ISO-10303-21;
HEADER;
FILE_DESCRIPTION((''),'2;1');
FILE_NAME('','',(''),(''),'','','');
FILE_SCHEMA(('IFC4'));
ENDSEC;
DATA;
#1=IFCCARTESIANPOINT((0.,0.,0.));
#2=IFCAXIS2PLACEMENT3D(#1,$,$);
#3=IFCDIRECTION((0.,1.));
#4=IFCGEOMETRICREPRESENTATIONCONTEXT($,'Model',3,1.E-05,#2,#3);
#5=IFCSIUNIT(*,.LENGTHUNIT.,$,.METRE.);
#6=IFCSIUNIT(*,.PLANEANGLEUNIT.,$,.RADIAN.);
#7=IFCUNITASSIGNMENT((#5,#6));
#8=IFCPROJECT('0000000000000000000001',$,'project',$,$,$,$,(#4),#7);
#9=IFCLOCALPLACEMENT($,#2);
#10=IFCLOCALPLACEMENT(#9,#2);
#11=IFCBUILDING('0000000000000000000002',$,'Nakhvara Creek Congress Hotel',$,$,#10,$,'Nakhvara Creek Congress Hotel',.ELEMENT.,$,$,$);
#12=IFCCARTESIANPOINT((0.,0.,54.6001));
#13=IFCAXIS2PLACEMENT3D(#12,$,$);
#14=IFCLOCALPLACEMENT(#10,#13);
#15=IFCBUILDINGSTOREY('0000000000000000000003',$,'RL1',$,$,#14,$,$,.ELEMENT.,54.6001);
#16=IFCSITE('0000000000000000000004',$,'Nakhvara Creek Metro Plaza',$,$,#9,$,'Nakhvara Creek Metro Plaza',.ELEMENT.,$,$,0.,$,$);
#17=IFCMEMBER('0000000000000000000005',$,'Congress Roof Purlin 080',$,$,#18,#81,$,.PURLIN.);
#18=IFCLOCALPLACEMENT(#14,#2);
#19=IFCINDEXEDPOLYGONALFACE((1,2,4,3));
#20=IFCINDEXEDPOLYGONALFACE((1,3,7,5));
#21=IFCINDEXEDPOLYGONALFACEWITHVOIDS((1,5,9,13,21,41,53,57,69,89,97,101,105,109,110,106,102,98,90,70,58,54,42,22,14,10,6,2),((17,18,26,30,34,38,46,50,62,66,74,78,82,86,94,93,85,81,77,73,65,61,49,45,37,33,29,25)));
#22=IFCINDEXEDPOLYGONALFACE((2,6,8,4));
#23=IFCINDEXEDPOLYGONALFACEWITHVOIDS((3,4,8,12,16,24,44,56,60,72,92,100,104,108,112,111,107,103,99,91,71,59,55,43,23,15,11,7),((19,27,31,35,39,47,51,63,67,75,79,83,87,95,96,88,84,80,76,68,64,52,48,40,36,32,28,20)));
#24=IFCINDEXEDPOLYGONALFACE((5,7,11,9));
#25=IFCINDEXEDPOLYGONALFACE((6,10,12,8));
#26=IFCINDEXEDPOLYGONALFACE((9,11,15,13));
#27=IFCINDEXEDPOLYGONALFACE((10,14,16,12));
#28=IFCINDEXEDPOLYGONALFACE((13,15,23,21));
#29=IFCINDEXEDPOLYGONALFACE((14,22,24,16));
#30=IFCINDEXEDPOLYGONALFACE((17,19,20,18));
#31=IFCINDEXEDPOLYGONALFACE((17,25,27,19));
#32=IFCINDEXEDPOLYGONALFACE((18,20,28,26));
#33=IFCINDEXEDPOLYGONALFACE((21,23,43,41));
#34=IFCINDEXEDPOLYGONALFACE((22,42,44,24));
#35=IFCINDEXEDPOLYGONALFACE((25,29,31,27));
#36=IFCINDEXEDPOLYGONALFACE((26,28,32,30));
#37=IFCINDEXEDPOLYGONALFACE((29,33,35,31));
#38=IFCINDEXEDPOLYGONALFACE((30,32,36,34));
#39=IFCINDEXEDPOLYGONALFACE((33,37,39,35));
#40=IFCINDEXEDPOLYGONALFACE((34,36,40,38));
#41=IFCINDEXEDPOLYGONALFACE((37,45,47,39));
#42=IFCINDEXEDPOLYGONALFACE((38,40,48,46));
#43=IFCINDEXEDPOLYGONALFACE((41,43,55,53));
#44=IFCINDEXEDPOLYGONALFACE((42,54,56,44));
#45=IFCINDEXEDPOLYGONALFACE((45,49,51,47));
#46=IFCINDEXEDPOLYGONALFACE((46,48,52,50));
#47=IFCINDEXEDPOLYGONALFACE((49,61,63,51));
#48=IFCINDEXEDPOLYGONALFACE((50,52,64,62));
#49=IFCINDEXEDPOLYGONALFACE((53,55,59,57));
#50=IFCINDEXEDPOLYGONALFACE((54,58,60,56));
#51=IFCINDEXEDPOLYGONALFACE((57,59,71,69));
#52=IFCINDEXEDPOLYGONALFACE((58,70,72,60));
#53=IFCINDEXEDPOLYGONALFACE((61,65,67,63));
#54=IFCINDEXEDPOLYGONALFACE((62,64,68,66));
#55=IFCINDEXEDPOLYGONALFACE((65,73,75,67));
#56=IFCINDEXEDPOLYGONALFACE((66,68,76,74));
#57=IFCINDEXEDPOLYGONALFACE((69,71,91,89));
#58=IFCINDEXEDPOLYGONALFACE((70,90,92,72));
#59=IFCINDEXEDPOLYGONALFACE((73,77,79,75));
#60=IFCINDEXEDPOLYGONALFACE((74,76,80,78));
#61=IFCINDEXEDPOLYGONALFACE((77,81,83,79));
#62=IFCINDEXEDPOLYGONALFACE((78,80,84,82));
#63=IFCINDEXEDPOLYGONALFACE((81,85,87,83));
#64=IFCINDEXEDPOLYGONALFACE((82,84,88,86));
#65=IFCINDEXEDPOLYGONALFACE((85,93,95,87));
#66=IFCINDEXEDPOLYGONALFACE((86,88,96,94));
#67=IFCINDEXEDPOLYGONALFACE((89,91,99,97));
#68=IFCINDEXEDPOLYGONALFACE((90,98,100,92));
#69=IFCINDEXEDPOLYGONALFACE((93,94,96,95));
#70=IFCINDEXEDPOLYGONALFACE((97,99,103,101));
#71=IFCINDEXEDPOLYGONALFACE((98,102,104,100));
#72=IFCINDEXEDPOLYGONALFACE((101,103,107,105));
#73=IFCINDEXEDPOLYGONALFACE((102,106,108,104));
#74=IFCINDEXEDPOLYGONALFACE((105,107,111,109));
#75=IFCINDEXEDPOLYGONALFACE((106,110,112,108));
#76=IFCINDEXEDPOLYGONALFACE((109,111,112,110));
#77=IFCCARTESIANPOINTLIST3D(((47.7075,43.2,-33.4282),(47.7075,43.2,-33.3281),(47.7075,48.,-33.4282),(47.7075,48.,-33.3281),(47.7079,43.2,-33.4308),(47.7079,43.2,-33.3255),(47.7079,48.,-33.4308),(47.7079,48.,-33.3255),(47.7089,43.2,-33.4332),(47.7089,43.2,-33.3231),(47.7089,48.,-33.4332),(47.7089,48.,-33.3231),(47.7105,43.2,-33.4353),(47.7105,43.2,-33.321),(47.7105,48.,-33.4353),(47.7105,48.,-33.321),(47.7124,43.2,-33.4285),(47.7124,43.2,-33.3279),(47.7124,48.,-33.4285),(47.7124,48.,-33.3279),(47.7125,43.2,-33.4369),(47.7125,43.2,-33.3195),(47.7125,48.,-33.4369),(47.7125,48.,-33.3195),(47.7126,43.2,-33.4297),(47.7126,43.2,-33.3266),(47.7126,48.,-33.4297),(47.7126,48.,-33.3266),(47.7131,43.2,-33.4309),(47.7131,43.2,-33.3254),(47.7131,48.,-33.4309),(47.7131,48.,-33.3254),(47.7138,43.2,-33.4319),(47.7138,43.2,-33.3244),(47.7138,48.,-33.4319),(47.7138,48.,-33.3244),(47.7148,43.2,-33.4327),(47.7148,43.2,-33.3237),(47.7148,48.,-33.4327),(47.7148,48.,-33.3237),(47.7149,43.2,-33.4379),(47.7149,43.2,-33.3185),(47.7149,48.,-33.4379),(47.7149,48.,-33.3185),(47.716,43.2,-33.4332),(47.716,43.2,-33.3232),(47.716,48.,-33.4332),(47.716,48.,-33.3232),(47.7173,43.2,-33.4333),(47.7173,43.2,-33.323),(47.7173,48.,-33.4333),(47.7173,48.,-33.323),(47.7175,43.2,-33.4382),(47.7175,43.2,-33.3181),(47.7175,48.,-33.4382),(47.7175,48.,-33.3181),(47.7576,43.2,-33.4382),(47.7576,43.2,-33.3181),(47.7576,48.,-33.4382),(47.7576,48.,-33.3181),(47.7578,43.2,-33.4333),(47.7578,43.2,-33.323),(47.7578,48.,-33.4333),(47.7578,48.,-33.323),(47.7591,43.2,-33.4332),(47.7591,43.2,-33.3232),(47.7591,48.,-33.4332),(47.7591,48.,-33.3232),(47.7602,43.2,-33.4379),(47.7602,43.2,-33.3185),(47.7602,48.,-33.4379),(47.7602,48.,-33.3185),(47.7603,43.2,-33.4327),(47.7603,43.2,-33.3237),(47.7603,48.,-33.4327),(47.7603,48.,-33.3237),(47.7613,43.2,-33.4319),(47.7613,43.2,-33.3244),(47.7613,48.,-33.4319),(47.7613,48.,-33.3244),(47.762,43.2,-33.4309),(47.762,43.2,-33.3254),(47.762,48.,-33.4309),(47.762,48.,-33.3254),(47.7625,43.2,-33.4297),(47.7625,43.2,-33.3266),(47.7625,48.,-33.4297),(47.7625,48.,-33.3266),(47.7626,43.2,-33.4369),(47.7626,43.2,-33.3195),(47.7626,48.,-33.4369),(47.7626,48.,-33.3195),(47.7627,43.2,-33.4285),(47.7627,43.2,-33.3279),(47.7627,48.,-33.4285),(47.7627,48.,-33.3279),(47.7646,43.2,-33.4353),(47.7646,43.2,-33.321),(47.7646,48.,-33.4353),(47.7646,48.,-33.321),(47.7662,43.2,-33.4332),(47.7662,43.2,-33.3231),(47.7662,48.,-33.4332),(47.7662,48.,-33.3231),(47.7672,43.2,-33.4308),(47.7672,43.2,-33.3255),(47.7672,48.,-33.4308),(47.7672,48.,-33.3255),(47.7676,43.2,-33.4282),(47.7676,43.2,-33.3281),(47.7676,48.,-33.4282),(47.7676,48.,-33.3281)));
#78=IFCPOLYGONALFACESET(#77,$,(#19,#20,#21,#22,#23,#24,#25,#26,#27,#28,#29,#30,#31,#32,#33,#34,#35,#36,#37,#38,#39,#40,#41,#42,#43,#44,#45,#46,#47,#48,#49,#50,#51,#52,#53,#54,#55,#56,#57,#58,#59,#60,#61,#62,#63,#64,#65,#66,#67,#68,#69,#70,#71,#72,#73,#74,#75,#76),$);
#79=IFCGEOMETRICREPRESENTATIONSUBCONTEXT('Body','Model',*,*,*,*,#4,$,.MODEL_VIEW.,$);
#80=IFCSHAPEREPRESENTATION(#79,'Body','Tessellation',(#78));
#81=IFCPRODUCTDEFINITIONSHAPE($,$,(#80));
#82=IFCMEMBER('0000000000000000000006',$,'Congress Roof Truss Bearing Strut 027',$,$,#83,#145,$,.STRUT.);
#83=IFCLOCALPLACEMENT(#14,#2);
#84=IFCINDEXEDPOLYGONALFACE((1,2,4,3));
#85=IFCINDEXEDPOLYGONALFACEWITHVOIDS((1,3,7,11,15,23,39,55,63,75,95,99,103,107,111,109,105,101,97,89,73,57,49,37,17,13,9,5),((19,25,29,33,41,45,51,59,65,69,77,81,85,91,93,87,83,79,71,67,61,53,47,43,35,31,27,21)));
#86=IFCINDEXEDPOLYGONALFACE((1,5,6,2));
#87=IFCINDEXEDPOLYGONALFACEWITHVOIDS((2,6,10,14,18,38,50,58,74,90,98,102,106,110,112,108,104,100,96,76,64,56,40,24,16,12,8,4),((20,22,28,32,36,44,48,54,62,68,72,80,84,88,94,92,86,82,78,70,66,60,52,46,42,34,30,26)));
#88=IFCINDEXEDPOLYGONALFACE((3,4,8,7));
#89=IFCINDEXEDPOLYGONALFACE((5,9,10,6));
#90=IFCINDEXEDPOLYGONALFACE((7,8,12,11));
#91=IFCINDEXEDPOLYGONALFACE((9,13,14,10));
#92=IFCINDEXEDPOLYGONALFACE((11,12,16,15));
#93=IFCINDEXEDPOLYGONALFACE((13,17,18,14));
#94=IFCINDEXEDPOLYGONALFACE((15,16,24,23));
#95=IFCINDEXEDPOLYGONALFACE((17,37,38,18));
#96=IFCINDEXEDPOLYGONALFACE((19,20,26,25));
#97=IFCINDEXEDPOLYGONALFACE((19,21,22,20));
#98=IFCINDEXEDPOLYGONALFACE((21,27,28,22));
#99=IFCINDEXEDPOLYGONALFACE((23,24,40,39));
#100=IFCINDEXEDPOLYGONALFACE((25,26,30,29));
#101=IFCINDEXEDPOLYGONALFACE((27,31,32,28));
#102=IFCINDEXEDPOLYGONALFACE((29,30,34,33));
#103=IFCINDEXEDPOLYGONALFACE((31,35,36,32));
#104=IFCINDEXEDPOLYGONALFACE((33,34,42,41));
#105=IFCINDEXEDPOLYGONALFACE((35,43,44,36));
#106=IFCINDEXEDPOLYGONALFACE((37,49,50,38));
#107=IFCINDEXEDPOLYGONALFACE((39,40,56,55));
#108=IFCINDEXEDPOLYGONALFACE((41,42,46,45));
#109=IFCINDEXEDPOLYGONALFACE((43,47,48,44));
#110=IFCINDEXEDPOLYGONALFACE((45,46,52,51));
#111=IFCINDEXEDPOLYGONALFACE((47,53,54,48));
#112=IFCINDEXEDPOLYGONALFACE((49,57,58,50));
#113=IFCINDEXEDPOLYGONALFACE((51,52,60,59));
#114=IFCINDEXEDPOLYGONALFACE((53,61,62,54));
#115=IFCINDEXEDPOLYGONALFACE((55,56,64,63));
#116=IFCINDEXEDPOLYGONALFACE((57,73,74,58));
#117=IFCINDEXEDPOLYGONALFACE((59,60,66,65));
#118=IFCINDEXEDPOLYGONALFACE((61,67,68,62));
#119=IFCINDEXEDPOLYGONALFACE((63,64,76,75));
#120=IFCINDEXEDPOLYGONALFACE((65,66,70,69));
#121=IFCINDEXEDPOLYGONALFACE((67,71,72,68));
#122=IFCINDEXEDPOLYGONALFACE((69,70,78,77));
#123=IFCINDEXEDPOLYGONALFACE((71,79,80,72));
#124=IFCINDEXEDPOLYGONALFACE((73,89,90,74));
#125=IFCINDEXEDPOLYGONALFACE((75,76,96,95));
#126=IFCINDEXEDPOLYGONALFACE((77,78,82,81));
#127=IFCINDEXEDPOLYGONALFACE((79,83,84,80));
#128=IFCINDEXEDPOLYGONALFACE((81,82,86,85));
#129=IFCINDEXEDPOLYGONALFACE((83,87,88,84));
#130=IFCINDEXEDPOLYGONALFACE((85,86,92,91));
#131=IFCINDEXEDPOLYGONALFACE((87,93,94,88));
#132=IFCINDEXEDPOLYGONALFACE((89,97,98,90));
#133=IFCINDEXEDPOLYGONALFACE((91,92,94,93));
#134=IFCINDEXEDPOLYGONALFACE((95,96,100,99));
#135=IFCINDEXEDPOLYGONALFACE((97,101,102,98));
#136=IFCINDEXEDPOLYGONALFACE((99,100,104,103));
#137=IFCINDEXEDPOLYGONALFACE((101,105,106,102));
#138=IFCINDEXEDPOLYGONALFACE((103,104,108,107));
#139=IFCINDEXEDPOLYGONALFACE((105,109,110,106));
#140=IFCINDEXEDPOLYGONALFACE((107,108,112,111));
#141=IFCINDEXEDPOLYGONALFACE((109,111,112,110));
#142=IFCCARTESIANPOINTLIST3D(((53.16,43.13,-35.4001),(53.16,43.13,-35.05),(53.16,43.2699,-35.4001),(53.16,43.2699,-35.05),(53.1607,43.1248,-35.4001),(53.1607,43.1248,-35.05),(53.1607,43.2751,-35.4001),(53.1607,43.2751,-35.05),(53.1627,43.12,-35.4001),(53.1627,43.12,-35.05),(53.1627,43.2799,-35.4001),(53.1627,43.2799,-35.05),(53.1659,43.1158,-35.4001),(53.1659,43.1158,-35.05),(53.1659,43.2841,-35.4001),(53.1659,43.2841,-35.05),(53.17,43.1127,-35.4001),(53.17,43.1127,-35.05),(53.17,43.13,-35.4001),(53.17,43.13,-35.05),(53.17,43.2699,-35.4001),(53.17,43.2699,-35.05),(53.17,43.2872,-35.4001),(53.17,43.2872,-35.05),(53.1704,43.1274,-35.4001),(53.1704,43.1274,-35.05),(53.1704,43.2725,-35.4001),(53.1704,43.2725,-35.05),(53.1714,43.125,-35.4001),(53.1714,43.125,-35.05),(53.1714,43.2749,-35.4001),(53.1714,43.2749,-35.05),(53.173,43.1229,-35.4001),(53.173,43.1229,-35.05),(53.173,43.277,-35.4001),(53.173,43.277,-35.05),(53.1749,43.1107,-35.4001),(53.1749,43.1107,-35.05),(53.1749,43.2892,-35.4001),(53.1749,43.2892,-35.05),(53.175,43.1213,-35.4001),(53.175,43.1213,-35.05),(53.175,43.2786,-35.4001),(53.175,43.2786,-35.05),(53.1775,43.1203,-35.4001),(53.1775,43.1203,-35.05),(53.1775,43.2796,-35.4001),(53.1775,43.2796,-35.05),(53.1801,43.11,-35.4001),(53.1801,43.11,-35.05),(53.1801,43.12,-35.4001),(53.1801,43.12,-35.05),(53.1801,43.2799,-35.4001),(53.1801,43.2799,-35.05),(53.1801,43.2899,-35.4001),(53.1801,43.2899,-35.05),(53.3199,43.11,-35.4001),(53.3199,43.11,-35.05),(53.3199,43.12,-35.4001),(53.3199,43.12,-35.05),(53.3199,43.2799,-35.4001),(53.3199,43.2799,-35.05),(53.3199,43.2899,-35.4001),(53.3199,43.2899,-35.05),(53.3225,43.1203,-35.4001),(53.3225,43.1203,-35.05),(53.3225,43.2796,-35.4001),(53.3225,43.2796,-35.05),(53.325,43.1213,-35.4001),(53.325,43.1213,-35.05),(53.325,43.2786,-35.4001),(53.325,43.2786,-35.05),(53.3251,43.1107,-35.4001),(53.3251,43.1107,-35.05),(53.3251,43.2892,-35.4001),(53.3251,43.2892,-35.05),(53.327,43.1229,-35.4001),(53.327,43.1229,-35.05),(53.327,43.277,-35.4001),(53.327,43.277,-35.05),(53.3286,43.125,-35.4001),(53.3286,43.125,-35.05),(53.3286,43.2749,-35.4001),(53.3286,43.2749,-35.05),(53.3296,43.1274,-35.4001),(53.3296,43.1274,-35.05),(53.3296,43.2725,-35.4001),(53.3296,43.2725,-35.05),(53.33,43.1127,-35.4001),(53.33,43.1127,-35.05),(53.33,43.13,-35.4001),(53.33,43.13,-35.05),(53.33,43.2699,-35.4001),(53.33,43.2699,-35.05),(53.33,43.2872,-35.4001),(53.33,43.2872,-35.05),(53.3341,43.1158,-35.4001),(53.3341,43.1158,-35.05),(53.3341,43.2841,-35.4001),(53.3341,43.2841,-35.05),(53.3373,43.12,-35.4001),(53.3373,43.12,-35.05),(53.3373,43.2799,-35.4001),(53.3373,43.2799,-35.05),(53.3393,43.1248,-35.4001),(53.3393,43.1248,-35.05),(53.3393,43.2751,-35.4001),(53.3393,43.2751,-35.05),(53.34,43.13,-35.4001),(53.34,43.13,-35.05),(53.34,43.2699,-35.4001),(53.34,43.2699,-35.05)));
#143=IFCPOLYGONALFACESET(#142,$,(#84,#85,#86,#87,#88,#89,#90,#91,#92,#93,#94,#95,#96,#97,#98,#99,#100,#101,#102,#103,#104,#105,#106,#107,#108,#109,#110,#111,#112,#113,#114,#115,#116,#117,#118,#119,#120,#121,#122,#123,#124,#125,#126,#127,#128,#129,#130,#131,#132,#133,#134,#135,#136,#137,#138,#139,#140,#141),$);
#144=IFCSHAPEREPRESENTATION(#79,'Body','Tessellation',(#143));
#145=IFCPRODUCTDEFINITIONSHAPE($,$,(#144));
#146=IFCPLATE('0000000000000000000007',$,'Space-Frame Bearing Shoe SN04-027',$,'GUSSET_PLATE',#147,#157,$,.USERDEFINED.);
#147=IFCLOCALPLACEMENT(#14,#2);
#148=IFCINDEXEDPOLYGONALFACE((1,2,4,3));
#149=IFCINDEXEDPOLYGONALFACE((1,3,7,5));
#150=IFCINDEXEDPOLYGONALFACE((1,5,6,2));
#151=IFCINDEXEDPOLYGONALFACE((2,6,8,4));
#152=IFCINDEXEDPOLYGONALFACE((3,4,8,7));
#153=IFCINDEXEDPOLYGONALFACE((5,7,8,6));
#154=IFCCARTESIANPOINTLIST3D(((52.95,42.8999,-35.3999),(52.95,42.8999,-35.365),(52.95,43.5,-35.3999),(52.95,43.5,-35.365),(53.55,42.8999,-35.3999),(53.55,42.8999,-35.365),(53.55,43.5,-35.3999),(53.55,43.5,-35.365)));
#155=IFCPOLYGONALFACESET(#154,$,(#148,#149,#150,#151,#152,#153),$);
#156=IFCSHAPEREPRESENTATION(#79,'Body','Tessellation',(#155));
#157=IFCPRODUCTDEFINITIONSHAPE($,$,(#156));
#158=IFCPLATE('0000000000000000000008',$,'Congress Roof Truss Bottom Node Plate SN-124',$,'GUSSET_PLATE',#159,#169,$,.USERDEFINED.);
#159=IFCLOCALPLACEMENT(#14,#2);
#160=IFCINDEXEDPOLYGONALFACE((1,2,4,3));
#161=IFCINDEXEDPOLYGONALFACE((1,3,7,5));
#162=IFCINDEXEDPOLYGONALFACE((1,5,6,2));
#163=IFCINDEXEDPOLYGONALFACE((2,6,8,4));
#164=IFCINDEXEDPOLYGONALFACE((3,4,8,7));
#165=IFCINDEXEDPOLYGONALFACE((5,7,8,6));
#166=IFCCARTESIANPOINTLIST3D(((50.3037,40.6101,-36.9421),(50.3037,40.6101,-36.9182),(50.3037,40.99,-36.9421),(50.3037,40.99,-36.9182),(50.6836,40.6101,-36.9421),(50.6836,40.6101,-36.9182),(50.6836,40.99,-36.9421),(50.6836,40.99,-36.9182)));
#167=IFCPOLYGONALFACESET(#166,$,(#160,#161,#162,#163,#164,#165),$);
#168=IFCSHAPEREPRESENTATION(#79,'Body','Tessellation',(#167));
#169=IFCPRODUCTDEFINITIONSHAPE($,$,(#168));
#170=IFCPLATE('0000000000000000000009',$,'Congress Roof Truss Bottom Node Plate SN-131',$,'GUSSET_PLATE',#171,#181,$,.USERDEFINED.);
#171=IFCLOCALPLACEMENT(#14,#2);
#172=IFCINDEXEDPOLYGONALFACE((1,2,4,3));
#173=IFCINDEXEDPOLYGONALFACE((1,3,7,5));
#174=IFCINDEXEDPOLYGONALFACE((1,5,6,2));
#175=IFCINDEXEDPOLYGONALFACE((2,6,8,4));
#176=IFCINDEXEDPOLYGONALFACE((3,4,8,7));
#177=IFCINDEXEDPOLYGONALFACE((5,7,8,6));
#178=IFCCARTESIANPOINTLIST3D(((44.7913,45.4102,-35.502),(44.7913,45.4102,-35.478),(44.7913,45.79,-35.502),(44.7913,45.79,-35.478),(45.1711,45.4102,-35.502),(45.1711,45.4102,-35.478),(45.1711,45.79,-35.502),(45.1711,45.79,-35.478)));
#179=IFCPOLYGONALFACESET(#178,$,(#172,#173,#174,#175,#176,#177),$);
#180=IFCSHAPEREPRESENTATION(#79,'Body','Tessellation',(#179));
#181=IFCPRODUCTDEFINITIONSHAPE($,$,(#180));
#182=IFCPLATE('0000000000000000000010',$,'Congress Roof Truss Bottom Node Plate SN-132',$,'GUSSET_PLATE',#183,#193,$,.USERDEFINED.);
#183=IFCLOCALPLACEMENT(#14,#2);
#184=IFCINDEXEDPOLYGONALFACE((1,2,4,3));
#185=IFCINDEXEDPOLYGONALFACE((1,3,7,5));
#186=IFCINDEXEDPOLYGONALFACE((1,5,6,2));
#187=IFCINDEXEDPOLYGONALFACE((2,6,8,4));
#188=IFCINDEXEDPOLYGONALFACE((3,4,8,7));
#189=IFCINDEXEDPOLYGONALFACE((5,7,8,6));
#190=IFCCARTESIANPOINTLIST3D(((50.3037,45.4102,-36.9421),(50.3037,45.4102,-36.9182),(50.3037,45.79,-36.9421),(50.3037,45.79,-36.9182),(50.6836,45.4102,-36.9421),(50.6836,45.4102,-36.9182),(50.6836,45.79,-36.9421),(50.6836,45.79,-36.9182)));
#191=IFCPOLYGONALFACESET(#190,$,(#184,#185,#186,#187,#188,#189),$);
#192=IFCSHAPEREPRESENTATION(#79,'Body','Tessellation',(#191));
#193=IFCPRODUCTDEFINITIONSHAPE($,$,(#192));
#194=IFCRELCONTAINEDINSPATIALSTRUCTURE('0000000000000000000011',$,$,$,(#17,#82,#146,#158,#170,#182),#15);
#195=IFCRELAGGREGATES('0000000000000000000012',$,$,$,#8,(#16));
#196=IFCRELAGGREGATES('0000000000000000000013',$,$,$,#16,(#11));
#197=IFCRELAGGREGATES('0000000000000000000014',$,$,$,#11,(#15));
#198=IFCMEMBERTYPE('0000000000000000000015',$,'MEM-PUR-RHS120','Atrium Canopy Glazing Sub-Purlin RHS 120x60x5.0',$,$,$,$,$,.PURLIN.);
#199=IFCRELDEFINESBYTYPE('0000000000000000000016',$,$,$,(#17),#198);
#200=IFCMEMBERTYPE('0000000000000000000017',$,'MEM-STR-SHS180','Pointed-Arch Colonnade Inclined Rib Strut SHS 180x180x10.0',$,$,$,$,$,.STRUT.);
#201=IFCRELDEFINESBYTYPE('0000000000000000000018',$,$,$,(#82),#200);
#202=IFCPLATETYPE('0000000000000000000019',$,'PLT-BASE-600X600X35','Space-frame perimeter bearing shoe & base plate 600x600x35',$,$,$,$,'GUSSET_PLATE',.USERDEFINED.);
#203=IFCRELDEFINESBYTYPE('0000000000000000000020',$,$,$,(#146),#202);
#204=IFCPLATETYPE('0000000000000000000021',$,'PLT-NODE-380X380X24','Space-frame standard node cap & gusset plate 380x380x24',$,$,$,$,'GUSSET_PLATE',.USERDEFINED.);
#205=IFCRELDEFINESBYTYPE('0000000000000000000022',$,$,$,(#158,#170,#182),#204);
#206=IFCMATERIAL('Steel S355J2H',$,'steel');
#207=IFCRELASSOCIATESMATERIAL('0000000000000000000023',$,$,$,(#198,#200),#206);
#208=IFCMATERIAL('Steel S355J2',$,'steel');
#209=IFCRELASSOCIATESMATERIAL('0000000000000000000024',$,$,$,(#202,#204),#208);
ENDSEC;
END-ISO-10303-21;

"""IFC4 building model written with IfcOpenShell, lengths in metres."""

from ifc_helpers import new_model, si_unit, direction, frame, origin, origin_2d, place, context, subcontext, project, spatial, rectangle, hollow_rectangle, extrude, material, material_profile, profile_set, type_object, element, save


model = new_model("IFC4")

# Units and contexts
model_context = context("Model", 3, precision=1e-05, world=origin(), true_north=direction((0.0, 1.0)))
body_context = subcontext(model_context, "Body", "Model", "MODEL_VIEW")
ifc_project = project(units=[si_unit("LENGTHUNIT", "METRE"), si_unit("PLANEANGLEUNIT", "RADIAN")], contexts=[model_context])

# Site, building, storey
site_placement = place(None, origin())
site = spatial("IfcSite", under=ifc_project, at=site_placement, Name="Nakhvara Creek Metro Plaza", LongName="Nakhvara Creek Metro Plaza", CompositionType="ELEMENT", RefElevation=0.0)
building_placement = place(site_placement, origin())
building = spatial("IfcBuilding", under=site, at=building_placement, Name="Nakhvara Creek Congress Hotel", LongName="Nakhvara Creek Congress Hotel", CompositionType="ELEMENT")
storey_placement = place(building_placement, frame((0.0, 0.0, 54.6001)))
storey = spatial("IfcBuildingStorey", under=building, at=storey_placement, Name="RL1", CompositionType="ELEMENT", Elevation=54.6001)

# Members
ifc_material_1 = material(Name="Steel S355J2H", Category="steel")
ifc_material_profile_1 = material_profile(ifc_material_1, hollow_rectangle(XDim=0.0601, YDim=0.1201, WallThickness=0.0049, InnerFilletRadius=0.0049, OuterFilletRadius=0.01, at=origin_2d()), Name="RHS 120x60x5.0", Category="LoadBearing")
ifc_profile_set_1 = profile_set([ifc_material_profile_1], Name="Steel S355J2H")
member_type_1 = type_object("IfcMemberType", Name="MEM-PUR-RHS120", Description="Atrium Canopy Glazing Sub-Purlin RHS 120x60x5.0", PredefinedType="PURLIN", material=ifc_profile_set_1)
member_1_placement = place(storey_placement, frame((47.7375, 43.2, -33.3782), z_axis=(0.0, 1.0, 0.0), x_axis=(-1.0, 0.0, 0.0)))
element("IfcMember", 1, at=member_1_placement, inside=storey, type_object=member_type_1, Name="Congress Roof Purlin 080", PredefinedType="PURLIN", context=body_context, shape_type="SweptSolid", body=[
    extrude(hollow_rectangle(XDim=0.0601, YDim=0.1201, WallThickness=0.0049, InnerFilletRadius=0.0049, OuterFilletRadius=0.01, at=origin_2d()), origin(), (0.0, 0.0, 1.0), 4.8),
])
ifc_material_profile_2 = material_profile(ifc_material_1, hollow_rectangle(XDim=0.1799, YDim=0.1799, WallThickness=0.01, InnerFilletRadius=0.01, OuterFilletRadius=0.02, at=origin_2d()), Name="SHS 180x180x10.0", Category="LoadBearing")
ifc_profile_set_2 = profile_set([ifc_material_profile_2], Name="Steel S355J2H")
member_type_2 = type_object("IfcMemberType", Name="MEM-STR-SHS180", Description="Pointed-Arch Colonnade Inclined Rib Strut SHS 180x180x10.0", PredefinedType="STRUT", material=ifc_profile_set_2)
member_2_placement = place(storey_placement, frame((53.25, 43.2, -35.4001), z_axis=(0.0, 0.0, 1.0), x_axis=(1.0, 0.0, 0.0)))
element("IfcMember", 2, at=member_2_placement, inside=storey, type_object=member_type_2, Name="Congress Roof Truss Bearing Strut 027", PredefinedType="STRUT", context=body_context, shape_type="SweptSolid", body=[
    extrude(hollow_rectangle(XDim=0.1799, YDim=0.1799, WallThickness=0.01, InnerFilletRadius=0.01, OuterFilletRadius=0.02, at=origin_2d()), origin(), (0.0, 0.0, 1.0), 0.3501),
])

# Plates
ifc_material_2 = material(Name="Steel S355J2", Category="steel")
plate_type_1 = type_object("IfcPlateType", Name="PLT-BASE-600X600X35", Description="Space-frame perimeter bearing shoe & base plate 600x600x35", ElementType="GUSSET_PLATE", PredefinedType="USERDEFINED", material=ifc_material_2)
plate_1_placement = place(storey_placement, frame((53.25, 43.2, -35.3999), z_axis=(0.0, 0.0, 1.0), x_axis=(1.0, 0.0, 0.0)))
element("IfcPlate", 3, at=plate_1_placement, inside=storey, type_object=plate_type_1, Name="Space-Frame Bearing Shoe SN04-027", ObjectType="GUSSET_PLATE", PredefinedType="USERDEFINED", context=body_context, shape_type="SweptSolid", body=[
    extrude(rectangle(XDim=0.6001, YDim=0.6001, at=origin_2d()), origin(), (0.0, 0.0, 1.0), 0.0349),
])
plate_type_2 = type_object("IfcPlateType", Name="PLT-NODE-380X380X24", Description="Space-frame standard node cap & gusset plate 380x380x24", ElementType="GUSSET_PLATE", PredefinedType="USERDEFINED", material=ifc_material_2)
for number, where, z_axis, x_axis, name in (
    (4, (50.4937, 40.8, -36.9421), (0.0, 0.0, 1.0), (1.0, 0.0, 0.0), "Congress Roof Truss Bottom Node Plate SN-124"),
    (5, (44.9812, 45.6001, -35.502), (0.0, 0.0, 1.0), (1.0, 0.0, 0.0), "Congress Roof Truss Bottom Node Plate SN-131"),
    (6, (50.4937, 45.6001, -36.9421), (0.0, 0.0, 1.0), (1.0, 0.0, 0.0), "Congress Roof Truss Bottom Node Plate SN-132"),
):
    element("IfcPlate", number, at=place(storey_placement, frame(where, z_axis=z_axis, x_axis=x_axis)), inside=storey, type_object=plate_type_2, Name=name, ObjectType="GUSSET_PLATE", PredefinedType="USERDEFINED", context=body_context, shape_type="SweptSolid", body=[
        extrude(rectangle(XDim=0.3799, YDim=0.3799, at=origin_2d()), origin(), (0.0, 0.0, 1.0), 0.0239),
    ])

save(model, "model.ifc")
